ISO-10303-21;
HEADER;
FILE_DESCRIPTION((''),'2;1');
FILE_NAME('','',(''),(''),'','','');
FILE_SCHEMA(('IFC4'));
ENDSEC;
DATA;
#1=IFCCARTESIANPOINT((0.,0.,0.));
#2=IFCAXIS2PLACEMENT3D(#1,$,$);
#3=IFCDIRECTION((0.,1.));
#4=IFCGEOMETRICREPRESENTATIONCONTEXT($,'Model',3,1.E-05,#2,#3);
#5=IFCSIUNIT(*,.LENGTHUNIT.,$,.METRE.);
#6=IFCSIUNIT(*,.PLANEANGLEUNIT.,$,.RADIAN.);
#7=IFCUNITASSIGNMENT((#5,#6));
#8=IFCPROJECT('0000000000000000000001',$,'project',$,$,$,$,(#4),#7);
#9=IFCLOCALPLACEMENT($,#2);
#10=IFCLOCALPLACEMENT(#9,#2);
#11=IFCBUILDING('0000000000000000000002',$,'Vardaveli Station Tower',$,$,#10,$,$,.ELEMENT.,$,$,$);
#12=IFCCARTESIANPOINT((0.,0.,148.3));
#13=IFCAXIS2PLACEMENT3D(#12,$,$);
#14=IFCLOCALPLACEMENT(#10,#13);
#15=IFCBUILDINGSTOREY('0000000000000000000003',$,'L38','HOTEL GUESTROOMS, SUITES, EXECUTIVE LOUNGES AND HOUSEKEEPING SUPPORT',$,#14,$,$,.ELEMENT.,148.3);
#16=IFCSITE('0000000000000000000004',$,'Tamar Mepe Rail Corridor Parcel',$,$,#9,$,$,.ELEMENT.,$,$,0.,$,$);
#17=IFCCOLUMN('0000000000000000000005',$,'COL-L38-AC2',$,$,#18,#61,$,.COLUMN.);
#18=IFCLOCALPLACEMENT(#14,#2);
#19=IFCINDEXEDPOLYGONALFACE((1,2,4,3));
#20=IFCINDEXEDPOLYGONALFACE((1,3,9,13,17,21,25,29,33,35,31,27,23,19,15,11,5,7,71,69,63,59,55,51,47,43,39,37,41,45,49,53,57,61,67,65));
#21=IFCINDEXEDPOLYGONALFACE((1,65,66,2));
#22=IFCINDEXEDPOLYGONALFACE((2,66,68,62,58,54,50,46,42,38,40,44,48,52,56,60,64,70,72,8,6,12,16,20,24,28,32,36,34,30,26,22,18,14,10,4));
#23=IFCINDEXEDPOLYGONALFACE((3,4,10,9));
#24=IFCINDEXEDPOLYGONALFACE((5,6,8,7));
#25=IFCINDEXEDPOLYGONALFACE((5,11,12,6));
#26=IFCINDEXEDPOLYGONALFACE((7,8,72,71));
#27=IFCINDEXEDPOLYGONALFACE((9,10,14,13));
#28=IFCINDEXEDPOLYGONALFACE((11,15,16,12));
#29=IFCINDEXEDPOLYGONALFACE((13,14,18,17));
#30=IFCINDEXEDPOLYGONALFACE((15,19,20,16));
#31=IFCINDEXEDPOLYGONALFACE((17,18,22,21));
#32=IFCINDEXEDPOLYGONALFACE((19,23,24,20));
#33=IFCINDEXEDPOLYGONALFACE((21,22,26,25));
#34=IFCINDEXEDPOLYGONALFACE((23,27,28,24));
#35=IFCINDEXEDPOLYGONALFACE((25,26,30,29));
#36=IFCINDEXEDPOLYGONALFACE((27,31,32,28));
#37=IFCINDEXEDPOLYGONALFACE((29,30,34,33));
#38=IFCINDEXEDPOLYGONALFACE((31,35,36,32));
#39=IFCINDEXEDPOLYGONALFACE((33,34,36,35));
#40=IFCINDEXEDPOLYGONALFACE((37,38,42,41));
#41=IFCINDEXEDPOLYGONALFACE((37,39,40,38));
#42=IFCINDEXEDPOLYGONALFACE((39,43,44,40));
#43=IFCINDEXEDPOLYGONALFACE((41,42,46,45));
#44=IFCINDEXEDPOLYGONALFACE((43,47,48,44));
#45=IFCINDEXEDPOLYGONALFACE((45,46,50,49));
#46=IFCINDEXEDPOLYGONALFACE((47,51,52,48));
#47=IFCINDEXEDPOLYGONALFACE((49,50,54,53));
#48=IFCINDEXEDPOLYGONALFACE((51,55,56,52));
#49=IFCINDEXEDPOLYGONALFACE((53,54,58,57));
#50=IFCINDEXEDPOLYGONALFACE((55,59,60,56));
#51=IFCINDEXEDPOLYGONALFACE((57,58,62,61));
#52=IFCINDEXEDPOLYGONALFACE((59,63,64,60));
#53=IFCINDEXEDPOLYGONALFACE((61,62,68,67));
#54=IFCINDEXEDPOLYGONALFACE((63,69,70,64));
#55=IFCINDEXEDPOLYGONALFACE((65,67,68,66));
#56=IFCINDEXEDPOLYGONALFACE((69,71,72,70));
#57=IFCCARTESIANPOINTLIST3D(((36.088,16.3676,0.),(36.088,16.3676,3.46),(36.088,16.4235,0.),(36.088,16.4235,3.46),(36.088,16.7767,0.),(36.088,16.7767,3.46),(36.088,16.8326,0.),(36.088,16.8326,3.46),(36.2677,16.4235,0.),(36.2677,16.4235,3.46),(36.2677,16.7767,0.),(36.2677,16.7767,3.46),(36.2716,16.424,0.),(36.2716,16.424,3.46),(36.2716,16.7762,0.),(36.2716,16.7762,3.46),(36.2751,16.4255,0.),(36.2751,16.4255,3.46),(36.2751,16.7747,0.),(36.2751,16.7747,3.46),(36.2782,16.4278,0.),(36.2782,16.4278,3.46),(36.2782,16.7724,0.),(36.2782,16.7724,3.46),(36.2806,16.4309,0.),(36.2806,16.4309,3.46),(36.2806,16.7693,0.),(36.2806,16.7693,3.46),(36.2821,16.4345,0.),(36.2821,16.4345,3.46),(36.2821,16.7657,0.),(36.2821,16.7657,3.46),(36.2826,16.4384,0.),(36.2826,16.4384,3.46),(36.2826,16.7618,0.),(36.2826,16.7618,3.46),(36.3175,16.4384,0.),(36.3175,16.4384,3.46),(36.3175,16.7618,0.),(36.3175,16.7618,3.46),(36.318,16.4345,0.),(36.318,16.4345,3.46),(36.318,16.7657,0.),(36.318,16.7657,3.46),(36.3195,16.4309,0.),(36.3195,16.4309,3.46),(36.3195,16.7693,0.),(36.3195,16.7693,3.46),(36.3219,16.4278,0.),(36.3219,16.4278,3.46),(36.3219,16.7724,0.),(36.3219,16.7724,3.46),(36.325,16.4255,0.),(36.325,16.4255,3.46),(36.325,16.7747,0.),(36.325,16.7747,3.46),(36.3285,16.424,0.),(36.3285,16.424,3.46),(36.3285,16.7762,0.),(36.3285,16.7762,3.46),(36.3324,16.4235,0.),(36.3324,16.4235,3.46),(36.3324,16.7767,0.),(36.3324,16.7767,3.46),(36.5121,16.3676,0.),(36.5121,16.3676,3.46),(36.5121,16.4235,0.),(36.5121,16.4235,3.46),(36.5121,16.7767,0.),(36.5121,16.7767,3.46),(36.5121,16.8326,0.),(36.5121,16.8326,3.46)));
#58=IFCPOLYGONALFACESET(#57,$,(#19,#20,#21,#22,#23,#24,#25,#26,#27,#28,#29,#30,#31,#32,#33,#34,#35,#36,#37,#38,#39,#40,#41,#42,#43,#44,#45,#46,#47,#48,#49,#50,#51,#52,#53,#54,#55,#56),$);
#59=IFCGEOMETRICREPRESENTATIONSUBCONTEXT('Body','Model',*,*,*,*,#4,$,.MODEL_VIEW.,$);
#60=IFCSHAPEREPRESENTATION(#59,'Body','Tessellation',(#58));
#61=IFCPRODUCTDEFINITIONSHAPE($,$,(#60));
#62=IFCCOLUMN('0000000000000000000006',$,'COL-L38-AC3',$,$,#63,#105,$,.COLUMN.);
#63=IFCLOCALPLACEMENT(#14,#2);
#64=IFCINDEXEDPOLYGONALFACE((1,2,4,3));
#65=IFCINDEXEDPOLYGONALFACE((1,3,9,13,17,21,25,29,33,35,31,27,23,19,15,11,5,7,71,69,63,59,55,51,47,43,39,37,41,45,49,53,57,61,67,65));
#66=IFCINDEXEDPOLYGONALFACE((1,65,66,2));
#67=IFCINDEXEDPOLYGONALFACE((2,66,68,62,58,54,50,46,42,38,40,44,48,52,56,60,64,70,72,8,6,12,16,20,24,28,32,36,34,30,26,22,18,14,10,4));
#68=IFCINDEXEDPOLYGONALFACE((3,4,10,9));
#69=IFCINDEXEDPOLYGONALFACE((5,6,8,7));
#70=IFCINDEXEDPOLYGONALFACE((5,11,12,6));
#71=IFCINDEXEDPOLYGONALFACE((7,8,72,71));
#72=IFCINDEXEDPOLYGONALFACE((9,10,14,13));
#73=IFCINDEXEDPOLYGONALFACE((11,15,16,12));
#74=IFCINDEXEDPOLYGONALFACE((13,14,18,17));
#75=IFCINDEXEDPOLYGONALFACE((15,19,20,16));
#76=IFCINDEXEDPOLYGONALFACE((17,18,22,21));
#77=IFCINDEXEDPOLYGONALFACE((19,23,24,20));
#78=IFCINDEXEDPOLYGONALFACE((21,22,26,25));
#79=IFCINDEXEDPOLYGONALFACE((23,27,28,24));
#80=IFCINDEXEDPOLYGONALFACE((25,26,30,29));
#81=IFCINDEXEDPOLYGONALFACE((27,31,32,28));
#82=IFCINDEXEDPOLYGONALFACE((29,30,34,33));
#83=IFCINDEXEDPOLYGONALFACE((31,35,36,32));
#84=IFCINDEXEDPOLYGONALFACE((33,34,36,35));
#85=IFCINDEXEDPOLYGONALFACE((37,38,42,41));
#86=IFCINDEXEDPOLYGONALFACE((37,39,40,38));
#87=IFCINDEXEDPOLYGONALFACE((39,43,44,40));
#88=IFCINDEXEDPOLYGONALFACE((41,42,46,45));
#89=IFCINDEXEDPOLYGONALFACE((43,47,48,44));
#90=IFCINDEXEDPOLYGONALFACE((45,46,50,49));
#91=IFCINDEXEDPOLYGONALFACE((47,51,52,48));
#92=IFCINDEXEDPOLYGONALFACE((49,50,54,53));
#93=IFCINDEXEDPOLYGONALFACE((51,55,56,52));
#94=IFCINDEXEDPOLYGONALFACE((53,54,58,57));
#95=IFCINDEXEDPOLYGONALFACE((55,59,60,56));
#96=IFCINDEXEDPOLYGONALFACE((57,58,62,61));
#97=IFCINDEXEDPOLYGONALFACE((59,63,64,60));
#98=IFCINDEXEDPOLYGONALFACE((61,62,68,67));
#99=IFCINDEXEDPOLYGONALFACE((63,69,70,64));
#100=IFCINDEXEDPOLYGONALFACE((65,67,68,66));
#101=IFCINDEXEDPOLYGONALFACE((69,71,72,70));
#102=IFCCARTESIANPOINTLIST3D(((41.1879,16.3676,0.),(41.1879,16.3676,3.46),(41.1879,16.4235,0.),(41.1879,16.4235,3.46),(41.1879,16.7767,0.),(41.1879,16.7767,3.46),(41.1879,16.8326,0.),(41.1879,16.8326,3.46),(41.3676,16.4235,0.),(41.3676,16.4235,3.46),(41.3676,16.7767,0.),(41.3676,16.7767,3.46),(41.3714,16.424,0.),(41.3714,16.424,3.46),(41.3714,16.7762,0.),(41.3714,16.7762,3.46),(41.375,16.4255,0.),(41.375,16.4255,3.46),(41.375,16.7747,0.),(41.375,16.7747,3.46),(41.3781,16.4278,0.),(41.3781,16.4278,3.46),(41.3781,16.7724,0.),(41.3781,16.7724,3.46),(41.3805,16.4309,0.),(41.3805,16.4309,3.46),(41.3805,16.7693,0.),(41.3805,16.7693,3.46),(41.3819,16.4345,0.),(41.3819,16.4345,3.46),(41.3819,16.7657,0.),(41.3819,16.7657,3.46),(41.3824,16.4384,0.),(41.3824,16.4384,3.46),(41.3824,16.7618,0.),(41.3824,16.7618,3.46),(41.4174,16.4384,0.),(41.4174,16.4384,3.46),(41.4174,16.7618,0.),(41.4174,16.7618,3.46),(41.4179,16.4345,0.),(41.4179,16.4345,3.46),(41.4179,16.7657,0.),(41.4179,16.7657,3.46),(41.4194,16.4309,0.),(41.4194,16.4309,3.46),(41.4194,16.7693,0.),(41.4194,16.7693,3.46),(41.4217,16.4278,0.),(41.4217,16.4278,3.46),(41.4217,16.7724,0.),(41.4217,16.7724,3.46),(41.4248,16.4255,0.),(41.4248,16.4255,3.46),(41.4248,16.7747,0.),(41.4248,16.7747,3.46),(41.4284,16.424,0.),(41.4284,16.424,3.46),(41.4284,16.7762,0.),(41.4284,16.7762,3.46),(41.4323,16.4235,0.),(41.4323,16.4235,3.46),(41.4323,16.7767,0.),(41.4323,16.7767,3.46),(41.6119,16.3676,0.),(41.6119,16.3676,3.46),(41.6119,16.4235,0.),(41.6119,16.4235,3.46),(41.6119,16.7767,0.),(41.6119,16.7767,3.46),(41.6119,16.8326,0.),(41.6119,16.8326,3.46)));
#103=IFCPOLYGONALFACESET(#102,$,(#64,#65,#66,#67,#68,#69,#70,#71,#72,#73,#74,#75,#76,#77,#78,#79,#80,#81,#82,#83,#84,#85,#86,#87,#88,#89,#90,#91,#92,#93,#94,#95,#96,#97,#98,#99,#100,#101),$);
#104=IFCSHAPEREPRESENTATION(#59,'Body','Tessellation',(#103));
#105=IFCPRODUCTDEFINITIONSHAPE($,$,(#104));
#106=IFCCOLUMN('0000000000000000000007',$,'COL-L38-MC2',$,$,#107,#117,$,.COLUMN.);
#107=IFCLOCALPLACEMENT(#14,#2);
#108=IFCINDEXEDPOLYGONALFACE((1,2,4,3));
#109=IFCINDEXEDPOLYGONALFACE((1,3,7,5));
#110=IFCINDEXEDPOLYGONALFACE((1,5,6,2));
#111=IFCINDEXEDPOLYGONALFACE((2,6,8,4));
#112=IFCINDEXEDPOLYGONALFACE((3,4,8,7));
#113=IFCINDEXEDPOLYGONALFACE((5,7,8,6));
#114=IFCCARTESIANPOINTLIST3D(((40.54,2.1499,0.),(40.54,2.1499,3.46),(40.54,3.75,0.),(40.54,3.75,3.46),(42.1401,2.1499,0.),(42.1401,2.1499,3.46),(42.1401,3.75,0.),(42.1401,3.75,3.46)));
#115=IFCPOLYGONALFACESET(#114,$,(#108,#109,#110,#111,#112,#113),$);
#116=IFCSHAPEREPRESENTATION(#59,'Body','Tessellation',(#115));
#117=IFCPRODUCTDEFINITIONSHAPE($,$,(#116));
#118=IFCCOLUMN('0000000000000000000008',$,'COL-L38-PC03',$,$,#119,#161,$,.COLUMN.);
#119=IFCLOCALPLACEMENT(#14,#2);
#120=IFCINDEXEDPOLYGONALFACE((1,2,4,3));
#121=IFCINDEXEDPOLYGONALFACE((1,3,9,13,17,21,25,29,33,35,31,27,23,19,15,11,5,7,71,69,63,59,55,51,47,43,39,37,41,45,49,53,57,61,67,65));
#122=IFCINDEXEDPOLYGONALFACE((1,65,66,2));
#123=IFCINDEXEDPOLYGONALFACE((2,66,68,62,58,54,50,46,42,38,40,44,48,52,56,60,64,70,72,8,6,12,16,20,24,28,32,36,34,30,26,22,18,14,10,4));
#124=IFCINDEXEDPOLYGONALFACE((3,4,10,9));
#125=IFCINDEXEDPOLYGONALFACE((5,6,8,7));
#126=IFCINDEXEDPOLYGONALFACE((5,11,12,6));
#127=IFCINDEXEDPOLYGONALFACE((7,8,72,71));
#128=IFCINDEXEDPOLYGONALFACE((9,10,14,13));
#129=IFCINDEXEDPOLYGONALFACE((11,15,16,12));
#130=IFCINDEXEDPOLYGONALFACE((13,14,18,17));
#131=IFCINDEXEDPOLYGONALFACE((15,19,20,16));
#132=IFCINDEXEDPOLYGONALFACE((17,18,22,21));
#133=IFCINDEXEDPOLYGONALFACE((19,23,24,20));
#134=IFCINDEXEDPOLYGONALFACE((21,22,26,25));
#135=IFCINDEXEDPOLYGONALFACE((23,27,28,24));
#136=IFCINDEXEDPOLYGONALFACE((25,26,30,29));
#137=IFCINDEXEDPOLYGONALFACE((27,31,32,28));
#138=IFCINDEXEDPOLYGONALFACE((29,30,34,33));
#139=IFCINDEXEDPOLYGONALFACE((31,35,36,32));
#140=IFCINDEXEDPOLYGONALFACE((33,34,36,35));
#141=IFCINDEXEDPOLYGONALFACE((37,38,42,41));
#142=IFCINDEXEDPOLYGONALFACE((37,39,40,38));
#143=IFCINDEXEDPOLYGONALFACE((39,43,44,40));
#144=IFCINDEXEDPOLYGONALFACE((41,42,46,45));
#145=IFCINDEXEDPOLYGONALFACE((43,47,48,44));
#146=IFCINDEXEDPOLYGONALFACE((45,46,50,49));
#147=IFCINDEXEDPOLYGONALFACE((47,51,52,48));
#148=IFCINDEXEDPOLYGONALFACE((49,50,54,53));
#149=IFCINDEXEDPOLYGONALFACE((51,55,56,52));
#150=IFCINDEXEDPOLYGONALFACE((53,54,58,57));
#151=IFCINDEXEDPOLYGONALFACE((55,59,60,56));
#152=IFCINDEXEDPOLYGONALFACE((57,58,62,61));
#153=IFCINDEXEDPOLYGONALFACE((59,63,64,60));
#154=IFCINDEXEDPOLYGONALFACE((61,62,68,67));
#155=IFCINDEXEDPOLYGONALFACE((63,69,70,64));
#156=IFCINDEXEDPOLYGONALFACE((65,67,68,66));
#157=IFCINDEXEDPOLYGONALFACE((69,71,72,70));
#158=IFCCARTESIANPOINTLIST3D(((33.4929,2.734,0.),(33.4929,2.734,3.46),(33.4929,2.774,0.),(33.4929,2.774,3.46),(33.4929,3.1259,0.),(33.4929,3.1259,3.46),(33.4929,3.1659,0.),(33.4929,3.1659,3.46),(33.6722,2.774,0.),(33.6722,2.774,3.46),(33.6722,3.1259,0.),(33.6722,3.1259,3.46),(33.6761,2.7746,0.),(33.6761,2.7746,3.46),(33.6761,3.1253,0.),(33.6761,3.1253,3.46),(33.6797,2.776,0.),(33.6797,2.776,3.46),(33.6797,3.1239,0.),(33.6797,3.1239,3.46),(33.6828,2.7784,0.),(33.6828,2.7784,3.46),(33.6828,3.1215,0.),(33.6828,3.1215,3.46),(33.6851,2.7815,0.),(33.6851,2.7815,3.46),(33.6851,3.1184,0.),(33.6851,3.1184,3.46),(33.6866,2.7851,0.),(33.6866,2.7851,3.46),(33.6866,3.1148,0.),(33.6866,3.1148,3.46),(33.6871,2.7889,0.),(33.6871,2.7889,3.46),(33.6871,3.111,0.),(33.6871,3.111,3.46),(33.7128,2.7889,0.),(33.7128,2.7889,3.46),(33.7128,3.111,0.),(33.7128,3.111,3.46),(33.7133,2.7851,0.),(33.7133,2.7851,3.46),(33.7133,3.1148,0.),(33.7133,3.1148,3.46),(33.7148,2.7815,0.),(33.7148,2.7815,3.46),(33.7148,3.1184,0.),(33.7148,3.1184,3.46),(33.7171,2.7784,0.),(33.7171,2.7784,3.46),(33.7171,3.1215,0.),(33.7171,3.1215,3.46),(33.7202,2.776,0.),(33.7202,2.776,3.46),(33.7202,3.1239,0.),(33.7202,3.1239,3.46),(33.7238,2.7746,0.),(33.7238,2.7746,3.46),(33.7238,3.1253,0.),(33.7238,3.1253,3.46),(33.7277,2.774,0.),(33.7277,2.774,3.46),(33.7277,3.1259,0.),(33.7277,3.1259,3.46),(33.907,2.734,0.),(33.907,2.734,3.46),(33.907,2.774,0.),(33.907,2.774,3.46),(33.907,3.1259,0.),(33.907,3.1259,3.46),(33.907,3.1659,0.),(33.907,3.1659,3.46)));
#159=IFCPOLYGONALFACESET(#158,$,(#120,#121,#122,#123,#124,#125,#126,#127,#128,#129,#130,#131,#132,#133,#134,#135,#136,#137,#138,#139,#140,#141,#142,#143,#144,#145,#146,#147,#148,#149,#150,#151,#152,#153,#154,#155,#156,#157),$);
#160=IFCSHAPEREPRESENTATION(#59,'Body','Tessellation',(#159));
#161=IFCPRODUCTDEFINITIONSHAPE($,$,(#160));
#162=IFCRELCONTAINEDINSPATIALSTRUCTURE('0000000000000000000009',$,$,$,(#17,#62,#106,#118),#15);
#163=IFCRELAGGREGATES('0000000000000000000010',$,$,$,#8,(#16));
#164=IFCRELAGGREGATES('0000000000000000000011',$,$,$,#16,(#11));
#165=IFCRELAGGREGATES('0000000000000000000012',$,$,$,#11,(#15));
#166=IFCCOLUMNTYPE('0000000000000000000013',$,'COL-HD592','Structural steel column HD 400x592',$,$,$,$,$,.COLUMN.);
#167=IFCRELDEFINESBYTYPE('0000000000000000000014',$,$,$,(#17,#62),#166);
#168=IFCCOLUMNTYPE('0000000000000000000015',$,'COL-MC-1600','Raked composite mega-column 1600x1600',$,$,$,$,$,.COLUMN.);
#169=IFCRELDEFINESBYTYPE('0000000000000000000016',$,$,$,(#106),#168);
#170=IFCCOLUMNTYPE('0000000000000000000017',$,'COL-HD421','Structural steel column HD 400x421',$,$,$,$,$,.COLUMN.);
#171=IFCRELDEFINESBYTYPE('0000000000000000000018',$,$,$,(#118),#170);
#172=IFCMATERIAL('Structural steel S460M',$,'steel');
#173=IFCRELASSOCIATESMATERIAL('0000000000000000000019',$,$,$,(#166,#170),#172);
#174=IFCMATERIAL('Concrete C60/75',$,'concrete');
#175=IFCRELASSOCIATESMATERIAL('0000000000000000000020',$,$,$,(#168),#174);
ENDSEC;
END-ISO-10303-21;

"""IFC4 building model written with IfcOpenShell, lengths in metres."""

from ifc_helpers import new_model, si_unit, direction, frame, origin, origin_2d, place, context, subcontext, project, spatial, rectangle, i_section, extrude, source, transform, mapped, material, material_profile, profile_set, type_object, element, save


model = new_model("IFC4")

# Units and contexts
model_context = context("Model", 3, precision=1e-05, world=origin(), true_north=direction((0.0, 1.0)))
body_context = subcontext(model_context, "Body", "Model", "MODEL_VIEW")
ifc_project = project(units=[si_unit("LENGTHUNIT", "METRE"), si_unit("PLANEANGLEUNIT", "RADIAN")], contexts=[model_context])

# Site, building, storey
site_placement = place(None, origin())
site = spatial("IfcSite", under=ifc_project, at=site_placement, Name="Tamar Mepe Rail Corridor Parcel", CompositionType="ELEMENT", RefElevation=0.0)
building_placement = place(site_placement, origin())
building = spatial("IfcBuilding", under=site, at=building_placement, Name="Vardaveli Station Tower", CompositionType="ELEMENT")
storey_placement = place(building_placement, frame((0.0, 0.0, 148.3)))
storey = spatial("IfcBuildingStorey", under=building, at=storey_placement, Name="L38", Description="HOTEL GUESTROOMS, SUITES, EXECUTIVE LOUNGES AND HOUSEKEEPING SUPPORT", CompositionType="ELEMENT", Elevation=148.3)

# Columns
ifc_material_1 = material(Name="Structural steel S460M", Category="steel")
ifc_material_profile_1 = material_profile(ifc_material_1, i_section(OverallWidth=0.4241, OverallDepth=0.4651, WebThickness=0.0349, FlangeThickness=0.0559, FilletRadius=0.0149, at=origin_2d()), Name="HD 400x592")
ifc_profile_set_1 = profile_set([ifc_material_profile_1], Name="Structural steel S460M")
column_type_1 = type_object("IfcColumnType", Name="COL-HD592", Description="Structural steel column HD 400x592", PredefinedType="COLUMN", material=ifc_profile_set_1)
shared_shape_1 = source(origin(), body_context, "Body", "SweptSolid", [
    extrude(i_section(OverallWidth=0.4241, OverallDepth=0.4651, WebThickness=0.0349, FlangeThickness=0.0559, FilletRadius=0.0149, at=origin_2d()), origin(), (0.0, 0.0, 1.0), 3.46),
])
for number, where, z_axis, x_axis, name in (
    (1, (36.3, 16.6001, 0.0), (0.0, 0.0, 1.0), (1.0, 0.0, 0.0), "COL-L38-AC2"),
    (2, (41.3999, 16.6001, 0.0), (0.0, 0.0, 1.0), (1.0, 0.0, 0.0), "COL-L38-AC3"),
):
    element("IfcColumn", number, at=place(storey_placement, frame(where, z_axis=z_axis, x_axis=x_axis)), inside=storey, type_object=column_type_1, Name=name, PredefinedType="COLUMN", context=body_context, shape_type="MappedRepresentation", body=[
        mapped(shared_shape_1, transform((0.0, 0.0, 0.0), scale=1.0)),
    ])
ifc_material_2 = material(Name="Concrete C60/75", Category="concrete")
ifc_material_profile_2 = material_profile(ifc_material_2, rectangle(XDim=1.6001, YDim=1.6001, at=origin_2d()), Name="MC 1600x1600")
ifc_profile_set_2 = profile_set([ifc_material_profile_2], Name="Concrete C60/75")
column_type_2 = type_object("IfcColumnType", Name="COL-MC-1600", Description="Raked composite mega-column 1600x1600", PredefinedType="COLUMN", material=ifc_profile_set_2)
shared_shape_2 = source(origin(), body_context, "Body", "SweptSolid", [
    extrude(rectangle(XDim=1.6001, YDim=1.6001, at=origin_2d()), origin(), (0.0, 0.0, 1.0), 3.46),
])
column_1_placement = place(storey_placement, frame((41.3401, 2.95, 0.0), z_axis=(0.0, 0.0, 1.0), x_axis=(1.0, 0.0, 0.0)))
element("IfcColumn", 3, at=column_1_placement, inside=storey, type_object=column_type_2, Name="COL-L38-MC2", PredefinedType="COLUMN", context=body_context, shape_type="MappedRepresentation", body=[
    mapped(shared_shape_2, transform((0.0, 0.0, 0.0), scale=1.0)),
])
ifc_material_profile_3 = material_profile(ifc_material_1, i_section(OverallWidth=0.4141, OverallDepth=0.4319, WebThickness=0.0256, FlangeThickness=0.04, FilletRadius=0.0149, at=origin_2d()), Name="HD 400x421")
ifc_profile_set_3 = profile_set([ifc_material_profile_3], Name="Structural steel S460M")
column_type_3 = type_object("IfcColumnType", Name="COL-HD421", Description="Structural steel column HD 400x421", PredefinedType="COLUMN", material=ifc_profile_set_3)
shared_shape_3 = source(origin(), body_context, "Body", "SweptSolid", [
    extrude(i_section(OverallWidth=0.4141, OverallDepth=0.4319, WebThickness=0.0256, FlangeThickness=0.04, FilletRadius=0.0149, at=origin_2d()), origin(), (0.0, 0.0, 1.0), 3.46),
])
column_2_placement = place(storey_placement, frame((33.7, 2.95, 0.0), z_axis=(0.0, 0.0, 1.0), x_axis=(1.0, 0.0, 0.0)))
element("IfcColumn", 4, at=column_2_placement, inside=storey, type_object=column_type_3, Name="COL-L38-PC03", PredefinedType="COLUMN", context=body_context, shape_type="MappedRepresentation", body=[
    mapped(shared_shape_3, transform((0.0, 0.0, 0.0), scale=1.0)),
])

save(model, "model.ifc")
